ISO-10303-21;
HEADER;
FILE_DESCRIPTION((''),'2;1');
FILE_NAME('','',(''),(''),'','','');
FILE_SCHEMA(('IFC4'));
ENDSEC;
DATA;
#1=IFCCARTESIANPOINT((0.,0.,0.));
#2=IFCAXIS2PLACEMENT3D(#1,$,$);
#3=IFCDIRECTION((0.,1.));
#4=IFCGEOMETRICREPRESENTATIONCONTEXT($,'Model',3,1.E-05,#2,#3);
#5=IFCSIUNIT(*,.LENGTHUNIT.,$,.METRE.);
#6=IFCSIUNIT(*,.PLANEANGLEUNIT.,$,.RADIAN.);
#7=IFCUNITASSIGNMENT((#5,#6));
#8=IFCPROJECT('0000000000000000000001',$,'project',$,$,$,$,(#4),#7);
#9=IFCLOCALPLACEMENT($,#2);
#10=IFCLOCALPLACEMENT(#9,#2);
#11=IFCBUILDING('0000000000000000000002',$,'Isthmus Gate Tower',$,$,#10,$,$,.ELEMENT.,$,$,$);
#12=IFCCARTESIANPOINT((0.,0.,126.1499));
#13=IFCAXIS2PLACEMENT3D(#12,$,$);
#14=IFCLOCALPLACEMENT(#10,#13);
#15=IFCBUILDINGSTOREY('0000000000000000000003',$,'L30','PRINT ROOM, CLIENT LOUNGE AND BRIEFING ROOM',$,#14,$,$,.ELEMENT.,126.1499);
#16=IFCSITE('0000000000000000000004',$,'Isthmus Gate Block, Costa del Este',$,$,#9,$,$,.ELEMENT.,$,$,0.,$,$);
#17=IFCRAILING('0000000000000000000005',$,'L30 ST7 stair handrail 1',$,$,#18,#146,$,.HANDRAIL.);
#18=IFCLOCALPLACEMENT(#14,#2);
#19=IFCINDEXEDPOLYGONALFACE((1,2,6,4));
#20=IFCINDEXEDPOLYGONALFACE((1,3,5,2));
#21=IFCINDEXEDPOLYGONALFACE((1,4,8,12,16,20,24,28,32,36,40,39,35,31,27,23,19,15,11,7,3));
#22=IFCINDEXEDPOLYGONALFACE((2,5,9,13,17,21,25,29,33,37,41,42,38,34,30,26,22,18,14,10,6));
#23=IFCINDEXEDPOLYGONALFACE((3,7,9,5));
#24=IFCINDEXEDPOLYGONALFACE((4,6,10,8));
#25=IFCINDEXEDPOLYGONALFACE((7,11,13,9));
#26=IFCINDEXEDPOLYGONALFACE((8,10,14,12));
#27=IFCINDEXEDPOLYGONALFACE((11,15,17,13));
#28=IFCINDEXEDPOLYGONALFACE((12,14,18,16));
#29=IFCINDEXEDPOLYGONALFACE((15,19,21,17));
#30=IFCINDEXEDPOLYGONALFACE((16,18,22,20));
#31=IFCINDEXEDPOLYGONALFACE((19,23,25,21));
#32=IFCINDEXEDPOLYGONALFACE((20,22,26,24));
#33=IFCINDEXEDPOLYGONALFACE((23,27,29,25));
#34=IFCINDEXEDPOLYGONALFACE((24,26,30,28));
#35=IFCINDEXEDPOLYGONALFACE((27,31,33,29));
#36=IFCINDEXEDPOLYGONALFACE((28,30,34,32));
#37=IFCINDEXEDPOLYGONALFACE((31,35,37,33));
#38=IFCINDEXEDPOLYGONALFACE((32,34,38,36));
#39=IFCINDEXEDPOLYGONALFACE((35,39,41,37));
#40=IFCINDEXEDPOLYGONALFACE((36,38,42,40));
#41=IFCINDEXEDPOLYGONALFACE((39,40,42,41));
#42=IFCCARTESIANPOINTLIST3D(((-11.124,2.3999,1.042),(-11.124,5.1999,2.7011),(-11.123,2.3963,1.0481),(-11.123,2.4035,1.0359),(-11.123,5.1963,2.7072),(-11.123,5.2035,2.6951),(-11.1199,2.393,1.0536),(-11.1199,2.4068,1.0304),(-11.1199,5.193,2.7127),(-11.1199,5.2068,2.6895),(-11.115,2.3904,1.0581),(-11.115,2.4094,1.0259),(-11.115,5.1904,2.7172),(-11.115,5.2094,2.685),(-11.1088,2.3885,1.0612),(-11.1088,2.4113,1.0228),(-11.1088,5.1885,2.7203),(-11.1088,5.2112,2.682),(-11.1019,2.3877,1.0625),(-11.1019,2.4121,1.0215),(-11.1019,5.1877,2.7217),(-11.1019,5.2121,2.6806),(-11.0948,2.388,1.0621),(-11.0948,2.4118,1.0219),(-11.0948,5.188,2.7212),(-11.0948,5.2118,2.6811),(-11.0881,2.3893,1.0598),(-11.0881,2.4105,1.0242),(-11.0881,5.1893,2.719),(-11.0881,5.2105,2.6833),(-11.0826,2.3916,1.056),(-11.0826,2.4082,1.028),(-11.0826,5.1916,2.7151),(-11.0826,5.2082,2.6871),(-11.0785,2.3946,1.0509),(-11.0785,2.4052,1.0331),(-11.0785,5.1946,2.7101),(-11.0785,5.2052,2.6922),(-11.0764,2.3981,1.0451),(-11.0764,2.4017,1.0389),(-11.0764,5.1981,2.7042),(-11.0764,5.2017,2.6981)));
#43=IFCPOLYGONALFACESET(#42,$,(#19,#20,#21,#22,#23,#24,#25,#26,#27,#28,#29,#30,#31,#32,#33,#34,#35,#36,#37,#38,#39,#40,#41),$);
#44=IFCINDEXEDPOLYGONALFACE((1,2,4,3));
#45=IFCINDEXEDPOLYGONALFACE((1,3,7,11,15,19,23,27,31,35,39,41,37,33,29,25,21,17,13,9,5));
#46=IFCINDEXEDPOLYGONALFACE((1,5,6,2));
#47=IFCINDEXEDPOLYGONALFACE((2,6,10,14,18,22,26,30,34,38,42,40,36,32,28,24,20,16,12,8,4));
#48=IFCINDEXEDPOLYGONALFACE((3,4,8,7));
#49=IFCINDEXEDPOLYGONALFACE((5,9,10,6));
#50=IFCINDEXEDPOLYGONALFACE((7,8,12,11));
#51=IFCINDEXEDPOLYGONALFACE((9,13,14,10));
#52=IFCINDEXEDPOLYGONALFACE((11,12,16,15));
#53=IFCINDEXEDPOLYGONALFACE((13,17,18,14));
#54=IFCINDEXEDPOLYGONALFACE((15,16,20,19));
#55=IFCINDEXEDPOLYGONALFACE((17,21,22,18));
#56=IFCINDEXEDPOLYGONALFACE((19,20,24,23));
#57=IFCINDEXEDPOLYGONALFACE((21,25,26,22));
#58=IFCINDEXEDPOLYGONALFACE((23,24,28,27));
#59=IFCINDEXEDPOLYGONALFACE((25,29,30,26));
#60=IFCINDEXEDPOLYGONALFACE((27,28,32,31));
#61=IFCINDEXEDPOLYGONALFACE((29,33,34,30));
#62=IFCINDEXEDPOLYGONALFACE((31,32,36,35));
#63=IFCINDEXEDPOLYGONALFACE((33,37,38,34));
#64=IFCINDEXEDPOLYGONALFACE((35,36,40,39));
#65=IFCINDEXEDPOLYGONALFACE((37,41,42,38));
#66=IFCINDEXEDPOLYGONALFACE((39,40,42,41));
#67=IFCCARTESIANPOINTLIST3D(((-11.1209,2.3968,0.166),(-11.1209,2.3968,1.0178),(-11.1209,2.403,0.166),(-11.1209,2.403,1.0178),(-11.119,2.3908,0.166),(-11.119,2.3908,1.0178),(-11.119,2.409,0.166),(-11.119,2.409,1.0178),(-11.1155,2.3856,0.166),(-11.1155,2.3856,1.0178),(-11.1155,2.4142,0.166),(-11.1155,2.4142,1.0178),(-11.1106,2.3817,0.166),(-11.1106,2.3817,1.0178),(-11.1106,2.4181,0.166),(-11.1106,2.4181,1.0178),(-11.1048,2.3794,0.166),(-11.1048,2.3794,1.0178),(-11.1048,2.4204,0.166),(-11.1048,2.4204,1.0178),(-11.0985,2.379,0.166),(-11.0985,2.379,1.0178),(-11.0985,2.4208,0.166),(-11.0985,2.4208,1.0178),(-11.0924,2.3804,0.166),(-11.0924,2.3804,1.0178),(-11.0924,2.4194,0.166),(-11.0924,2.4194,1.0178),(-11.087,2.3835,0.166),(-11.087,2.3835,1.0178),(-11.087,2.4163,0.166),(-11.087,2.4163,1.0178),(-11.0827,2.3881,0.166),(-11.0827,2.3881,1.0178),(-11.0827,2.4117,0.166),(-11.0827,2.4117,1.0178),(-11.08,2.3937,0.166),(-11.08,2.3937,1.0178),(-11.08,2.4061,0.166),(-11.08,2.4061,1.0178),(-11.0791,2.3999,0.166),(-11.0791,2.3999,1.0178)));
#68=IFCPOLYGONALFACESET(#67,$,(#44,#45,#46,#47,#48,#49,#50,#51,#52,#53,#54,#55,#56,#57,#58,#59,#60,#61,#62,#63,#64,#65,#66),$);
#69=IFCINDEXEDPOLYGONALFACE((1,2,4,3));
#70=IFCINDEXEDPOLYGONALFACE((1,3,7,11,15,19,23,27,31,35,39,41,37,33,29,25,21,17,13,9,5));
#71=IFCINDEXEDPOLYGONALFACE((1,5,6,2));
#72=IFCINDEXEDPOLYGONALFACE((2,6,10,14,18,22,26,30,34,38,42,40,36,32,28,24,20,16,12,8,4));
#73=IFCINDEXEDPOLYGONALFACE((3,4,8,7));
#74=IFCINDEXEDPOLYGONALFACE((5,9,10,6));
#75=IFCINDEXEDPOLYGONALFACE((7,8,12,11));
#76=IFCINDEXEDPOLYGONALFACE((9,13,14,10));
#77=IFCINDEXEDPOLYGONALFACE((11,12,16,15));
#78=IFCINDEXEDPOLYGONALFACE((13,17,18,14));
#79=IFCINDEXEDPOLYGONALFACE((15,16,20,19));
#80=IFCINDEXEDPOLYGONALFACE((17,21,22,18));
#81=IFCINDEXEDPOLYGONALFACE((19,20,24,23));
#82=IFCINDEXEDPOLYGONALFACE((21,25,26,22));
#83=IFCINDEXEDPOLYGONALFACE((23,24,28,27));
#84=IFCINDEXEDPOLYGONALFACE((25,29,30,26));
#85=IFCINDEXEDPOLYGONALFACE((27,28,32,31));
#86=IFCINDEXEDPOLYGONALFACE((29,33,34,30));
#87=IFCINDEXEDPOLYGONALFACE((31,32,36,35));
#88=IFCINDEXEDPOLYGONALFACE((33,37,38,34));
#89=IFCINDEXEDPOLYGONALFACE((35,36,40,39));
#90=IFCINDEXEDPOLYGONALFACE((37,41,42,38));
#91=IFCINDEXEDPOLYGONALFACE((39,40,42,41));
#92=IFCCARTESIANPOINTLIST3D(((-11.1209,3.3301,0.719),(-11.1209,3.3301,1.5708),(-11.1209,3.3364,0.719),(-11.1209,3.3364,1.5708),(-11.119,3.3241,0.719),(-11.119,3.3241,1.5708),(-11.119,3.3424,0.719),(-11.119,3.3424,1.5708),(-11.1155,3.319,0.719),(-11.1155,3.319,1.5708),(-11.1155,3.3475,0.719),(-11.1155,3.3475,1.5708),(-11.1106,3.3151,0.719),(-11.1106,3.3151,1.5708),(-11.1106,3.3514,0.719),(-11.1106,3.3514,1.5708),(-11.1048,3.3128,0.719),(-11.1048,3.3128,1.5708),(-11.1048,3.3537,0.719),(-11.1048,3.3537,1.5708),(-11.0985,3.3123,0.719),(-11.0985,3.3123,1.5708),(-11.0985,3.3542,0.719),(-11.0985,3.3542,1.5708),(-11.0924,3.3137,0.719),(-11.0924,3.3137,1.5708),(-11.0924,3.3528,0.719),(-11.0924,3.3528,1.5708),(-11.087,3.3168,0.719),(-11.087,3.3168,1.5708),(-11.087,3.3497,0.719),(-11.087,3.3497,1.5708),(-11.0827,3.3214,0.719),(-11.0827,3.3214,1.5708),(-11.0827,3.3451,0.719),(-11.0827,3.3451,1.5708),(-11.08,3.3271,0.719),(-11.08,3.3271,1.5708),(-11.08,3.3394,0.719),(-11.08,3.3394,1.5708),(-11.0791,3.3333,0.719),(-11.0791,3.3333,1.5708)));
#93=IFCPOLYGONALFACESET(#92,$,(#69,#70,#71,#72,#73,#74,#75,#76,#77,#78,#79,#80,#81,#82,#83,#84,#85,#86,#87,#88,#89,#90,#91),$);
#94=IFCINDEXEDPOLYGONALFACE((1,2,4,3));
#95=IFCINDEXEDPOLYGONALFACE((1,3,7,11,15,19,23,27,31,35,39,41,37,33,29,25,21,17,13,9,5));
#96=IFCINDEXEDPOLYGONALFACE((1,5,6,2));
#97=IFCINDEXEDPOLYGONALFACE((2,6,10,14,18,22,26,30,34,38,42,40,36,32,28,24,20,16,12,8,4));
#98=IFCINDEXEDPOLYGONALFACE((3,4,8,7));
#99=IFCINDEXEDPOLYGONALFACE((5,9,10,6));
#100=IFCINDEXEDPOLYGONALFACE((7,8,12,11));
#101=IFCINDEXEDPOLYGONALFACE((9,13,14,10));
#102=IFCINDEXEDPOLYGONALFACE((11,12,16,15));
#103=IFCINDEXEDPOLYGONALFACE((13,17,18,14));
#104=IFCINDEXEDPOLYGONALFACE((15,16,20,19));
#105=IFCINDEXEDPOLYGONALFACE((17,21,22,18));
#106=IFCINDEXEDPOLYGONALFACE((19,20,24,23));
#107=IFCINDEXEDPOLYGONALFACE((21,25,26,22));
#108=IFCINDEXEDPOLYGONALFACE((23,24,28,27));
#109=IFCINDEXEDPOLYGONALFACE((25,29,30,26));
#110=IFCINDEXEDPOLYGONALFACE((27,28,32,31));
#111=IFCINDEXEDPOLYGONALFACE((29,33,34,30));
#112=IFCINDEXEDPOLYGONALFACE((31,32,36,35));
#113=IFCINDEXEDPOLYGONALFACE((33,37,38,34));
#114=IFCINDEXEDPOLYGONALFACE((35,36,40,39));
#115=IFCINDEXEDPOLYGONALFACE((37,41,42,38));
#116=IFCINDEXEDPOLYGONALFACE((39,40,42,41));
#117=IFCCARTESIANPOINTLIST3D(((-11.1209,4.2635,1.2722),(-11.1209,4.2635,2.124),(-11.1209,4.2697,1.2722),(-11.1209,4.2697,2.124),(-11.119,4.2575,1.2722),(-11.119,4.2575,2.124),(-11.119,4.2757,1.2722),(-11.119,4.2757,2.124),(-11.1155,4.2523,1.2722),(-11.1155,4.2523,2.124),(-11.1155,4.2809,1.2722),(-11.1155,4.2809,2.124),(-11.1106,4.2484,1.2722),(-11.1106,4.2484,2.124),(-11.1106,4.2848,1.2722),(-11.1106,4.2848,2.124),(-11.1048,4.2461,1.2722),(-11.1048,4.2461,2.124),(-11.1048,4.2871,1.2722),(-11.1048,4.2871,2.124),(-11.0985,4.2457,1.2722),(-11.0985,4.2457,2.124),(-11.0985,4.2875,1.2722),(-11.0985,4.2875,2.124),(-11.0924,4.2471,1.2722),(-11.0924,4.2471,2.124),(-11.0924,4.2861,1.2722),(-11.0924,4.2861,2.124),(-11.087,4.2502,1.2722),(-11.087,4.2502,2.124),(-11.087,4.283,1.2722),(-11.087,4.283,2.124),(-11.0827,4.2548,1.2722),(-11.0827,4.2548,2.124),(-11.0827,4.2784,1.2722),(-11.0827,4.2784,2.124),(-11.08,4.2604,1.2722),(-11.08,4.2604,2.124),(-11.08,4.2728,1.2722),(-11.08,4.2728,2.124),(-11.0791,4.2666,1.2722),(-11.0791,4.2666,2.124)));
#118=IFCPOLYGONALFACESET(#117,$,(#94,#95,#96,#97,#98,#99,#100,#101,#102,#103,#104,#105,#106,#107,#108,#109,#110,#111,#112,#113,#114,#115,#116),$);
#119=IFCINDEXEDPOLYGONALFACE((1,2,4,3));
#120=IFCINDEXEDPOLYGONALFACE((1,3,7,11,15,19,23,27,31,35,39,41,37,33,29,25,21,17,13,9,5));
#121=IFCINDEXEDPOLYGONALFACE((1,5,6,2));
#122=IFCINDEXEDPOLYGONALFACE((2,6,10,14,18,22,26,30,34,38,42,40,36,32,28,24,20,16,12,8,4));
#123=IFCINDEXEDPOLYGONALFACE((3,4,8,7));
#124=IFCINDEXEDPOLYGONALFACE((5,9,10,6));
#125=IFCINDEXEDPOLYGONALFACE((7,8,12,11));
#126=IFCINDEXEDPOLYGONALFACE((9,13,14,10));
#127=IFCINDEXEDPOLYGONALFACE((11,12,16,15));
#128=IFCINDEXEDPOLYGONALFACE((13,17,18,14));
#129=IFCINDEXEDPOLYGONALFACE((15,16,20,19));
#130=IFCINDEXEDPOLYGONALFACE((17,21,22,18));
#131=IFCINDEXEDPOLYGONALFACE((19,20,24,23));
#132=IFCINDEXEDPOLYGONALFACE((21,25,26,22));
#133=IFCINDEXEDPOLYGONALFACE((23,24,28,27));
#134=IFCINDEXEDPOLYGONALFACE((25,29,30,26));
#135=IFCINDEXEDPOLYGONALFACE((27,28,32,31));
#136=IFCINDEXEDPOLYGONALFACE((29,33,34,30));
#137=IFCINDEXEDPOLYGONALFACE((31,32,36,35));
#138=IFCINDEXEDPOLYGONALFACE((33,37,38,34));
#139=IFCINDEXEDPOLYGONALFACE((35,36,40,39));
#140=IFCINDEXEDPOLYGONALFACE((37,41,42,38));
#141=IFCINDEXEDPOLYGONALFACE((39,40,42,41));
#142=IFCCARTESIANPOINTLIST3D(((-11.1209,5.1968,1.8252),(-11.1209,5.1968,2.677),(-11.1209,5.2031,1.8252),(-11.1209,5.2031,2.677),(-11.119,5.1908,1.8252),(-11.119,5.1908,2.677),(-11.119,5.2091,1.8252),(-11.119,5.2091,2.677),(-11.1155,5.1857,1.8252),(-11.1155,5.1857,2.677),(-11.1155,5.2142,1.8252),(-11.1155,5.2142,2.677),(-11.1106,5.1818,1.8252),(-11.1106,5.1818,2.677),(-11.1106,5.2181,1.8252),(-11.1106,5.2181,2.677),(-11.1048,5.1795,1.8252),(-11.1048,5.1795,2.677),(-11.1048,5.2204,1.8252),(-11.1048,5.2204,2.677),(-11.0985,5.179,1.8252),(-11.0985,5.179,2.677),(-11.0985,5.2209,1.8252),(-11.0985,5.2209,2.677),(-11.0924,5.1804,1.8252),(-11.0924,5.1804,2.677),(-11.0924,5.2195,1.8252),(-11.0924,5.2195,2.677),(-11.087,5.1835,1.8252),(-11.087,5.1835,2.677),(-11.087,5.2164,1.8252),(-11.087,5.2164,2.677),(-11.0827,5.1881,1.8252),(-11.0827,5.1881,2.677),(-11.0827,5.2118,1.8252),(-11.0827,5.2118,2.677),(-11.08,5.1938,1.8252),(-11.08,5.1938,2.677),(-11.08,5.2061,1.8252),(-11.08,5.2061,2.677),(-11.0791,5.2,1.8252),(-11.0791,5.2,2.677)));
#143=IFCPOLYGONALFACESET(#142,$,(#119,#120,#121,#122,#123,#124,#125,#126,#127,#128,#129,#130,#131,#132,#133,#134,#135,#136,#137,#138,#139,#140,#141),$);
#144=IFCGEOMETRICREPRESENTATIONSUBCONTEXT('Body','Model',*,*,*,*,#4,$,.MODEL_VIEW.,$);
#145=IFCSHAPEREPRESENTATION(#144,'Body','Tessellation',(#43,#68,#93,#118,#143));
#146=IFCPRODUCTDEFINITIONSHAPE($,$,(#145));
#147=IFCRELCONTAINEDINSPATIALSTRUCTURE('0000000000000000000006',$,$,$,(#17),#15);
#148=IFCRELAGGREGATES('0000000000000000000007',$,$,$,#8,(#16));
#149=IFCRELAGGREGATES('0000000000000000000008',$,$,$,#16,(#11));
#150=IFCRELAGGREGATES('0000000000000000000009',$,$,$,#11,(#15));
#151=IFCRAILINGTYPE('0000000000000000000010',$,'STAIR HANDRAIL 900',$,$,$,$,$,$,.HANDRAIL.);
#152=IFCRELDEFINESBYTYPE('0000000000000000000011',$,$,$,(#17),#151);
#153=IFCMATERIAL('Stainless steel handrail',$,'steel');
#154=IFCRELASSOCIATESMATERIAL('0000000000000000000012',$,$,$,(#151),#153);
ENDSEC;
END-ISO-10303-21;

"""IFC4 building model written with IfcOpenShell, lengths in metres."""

from ifc_helpers import new_model, si_unit, direction, frame, origin, origin_2d, place, context, subcontext, project, spatial, circle, extrude, material, type_object, element, save


model = new_model("IFC4")

# Units and contexts
model_context = context("Model", 3, precision=1e-05, world=origin(), true_north=direction((0.0, 1.0)))
body_context = subcontext(model_context, "Body", "Model", "MODEL_VIEW")
ifc_project = project(units=[si_unit("LENGTHUNIT", "METRE"), si_unit("PLANEANGLEUNIT", "RADIAN")], contexts=[model_context])

# Site, building, storey
site_placement = place(None, origin())
site = spatial("IfcSite", under=ifc_project, at=site_placement, Name="Isthmus Gate Block, Costa del Este", CompositionType="ELEMENT", RefElevation=0.0)
building_placement = place(site_placement, origin())
building = spatial("IfcBuilding", under=site, at=building_placement, Name="Isthmus Gate Tower", CompositionType="ELEMENT")
storey_placement = place(building_placement, frame((0.0, 0.0, 126.1499)))
storey = spatial("IfcBuildingStorey", under=building, at=storey_placement, Name="L30", Description="PRINT ROOM, CLIENT LOUNGE AND BRIEFING ROOM", CompositionType="ELEMENT", Elevation=126.1499)

# Railing
ifc_material_1 = material(Name="Stainless steel handrail", Category="steel")
railing_type_1 = type_object("IfcRailingType", Name="STAIR HANDRAIL 900", PredefinedType="HANDRAIL", material=ifc_material_1)
for number, where, name in (
    (1, (-11.1001, 2.3999, 0.166), "L30 ST7 stair handrail 1"),
):
    element("IfcRailing", number, at=place(storey_placement, frame(where)), inside=storey, type_object=railing_type_1, Name=name, PredefinedType="HANDRAIL", context=body_context, shape_type="SweptSolid", body=[
        extrude(circle(Radius=0.0239, at=origin_2d()), frame((0.0, 0.0, 0.876), z_axis=(0.0, 0.860306, 0.509778), x_axis=(-1.0, 0.0, 0.0)), (0.0, 0.0, 1.0), 3.2546),
        extrude(circle(Radius=0.021, at=origin_2d()), origin(), (0.0, 0.0, 1.0), 0.8518),
        extrude(circle(Radius=0.021, at=origin_2d()), frame((0.0, 0.9333, 0.553)), (0.0, 0.0, 1.0), 0.8518),
        extrude(circle(Radius=0.021, at=origin_2d()), frame((0.0, 1.8667, 1.1062)), (0.0, 0.0, 1.0), 0.8518),
        extrude(circle(Radius=0.021, at=origin_2d()), frame((0.0, 2.8, 1.6592)), (0.0, 0.0, 1.0), 0.8518),
    ])

save(model, "model.ifc")
